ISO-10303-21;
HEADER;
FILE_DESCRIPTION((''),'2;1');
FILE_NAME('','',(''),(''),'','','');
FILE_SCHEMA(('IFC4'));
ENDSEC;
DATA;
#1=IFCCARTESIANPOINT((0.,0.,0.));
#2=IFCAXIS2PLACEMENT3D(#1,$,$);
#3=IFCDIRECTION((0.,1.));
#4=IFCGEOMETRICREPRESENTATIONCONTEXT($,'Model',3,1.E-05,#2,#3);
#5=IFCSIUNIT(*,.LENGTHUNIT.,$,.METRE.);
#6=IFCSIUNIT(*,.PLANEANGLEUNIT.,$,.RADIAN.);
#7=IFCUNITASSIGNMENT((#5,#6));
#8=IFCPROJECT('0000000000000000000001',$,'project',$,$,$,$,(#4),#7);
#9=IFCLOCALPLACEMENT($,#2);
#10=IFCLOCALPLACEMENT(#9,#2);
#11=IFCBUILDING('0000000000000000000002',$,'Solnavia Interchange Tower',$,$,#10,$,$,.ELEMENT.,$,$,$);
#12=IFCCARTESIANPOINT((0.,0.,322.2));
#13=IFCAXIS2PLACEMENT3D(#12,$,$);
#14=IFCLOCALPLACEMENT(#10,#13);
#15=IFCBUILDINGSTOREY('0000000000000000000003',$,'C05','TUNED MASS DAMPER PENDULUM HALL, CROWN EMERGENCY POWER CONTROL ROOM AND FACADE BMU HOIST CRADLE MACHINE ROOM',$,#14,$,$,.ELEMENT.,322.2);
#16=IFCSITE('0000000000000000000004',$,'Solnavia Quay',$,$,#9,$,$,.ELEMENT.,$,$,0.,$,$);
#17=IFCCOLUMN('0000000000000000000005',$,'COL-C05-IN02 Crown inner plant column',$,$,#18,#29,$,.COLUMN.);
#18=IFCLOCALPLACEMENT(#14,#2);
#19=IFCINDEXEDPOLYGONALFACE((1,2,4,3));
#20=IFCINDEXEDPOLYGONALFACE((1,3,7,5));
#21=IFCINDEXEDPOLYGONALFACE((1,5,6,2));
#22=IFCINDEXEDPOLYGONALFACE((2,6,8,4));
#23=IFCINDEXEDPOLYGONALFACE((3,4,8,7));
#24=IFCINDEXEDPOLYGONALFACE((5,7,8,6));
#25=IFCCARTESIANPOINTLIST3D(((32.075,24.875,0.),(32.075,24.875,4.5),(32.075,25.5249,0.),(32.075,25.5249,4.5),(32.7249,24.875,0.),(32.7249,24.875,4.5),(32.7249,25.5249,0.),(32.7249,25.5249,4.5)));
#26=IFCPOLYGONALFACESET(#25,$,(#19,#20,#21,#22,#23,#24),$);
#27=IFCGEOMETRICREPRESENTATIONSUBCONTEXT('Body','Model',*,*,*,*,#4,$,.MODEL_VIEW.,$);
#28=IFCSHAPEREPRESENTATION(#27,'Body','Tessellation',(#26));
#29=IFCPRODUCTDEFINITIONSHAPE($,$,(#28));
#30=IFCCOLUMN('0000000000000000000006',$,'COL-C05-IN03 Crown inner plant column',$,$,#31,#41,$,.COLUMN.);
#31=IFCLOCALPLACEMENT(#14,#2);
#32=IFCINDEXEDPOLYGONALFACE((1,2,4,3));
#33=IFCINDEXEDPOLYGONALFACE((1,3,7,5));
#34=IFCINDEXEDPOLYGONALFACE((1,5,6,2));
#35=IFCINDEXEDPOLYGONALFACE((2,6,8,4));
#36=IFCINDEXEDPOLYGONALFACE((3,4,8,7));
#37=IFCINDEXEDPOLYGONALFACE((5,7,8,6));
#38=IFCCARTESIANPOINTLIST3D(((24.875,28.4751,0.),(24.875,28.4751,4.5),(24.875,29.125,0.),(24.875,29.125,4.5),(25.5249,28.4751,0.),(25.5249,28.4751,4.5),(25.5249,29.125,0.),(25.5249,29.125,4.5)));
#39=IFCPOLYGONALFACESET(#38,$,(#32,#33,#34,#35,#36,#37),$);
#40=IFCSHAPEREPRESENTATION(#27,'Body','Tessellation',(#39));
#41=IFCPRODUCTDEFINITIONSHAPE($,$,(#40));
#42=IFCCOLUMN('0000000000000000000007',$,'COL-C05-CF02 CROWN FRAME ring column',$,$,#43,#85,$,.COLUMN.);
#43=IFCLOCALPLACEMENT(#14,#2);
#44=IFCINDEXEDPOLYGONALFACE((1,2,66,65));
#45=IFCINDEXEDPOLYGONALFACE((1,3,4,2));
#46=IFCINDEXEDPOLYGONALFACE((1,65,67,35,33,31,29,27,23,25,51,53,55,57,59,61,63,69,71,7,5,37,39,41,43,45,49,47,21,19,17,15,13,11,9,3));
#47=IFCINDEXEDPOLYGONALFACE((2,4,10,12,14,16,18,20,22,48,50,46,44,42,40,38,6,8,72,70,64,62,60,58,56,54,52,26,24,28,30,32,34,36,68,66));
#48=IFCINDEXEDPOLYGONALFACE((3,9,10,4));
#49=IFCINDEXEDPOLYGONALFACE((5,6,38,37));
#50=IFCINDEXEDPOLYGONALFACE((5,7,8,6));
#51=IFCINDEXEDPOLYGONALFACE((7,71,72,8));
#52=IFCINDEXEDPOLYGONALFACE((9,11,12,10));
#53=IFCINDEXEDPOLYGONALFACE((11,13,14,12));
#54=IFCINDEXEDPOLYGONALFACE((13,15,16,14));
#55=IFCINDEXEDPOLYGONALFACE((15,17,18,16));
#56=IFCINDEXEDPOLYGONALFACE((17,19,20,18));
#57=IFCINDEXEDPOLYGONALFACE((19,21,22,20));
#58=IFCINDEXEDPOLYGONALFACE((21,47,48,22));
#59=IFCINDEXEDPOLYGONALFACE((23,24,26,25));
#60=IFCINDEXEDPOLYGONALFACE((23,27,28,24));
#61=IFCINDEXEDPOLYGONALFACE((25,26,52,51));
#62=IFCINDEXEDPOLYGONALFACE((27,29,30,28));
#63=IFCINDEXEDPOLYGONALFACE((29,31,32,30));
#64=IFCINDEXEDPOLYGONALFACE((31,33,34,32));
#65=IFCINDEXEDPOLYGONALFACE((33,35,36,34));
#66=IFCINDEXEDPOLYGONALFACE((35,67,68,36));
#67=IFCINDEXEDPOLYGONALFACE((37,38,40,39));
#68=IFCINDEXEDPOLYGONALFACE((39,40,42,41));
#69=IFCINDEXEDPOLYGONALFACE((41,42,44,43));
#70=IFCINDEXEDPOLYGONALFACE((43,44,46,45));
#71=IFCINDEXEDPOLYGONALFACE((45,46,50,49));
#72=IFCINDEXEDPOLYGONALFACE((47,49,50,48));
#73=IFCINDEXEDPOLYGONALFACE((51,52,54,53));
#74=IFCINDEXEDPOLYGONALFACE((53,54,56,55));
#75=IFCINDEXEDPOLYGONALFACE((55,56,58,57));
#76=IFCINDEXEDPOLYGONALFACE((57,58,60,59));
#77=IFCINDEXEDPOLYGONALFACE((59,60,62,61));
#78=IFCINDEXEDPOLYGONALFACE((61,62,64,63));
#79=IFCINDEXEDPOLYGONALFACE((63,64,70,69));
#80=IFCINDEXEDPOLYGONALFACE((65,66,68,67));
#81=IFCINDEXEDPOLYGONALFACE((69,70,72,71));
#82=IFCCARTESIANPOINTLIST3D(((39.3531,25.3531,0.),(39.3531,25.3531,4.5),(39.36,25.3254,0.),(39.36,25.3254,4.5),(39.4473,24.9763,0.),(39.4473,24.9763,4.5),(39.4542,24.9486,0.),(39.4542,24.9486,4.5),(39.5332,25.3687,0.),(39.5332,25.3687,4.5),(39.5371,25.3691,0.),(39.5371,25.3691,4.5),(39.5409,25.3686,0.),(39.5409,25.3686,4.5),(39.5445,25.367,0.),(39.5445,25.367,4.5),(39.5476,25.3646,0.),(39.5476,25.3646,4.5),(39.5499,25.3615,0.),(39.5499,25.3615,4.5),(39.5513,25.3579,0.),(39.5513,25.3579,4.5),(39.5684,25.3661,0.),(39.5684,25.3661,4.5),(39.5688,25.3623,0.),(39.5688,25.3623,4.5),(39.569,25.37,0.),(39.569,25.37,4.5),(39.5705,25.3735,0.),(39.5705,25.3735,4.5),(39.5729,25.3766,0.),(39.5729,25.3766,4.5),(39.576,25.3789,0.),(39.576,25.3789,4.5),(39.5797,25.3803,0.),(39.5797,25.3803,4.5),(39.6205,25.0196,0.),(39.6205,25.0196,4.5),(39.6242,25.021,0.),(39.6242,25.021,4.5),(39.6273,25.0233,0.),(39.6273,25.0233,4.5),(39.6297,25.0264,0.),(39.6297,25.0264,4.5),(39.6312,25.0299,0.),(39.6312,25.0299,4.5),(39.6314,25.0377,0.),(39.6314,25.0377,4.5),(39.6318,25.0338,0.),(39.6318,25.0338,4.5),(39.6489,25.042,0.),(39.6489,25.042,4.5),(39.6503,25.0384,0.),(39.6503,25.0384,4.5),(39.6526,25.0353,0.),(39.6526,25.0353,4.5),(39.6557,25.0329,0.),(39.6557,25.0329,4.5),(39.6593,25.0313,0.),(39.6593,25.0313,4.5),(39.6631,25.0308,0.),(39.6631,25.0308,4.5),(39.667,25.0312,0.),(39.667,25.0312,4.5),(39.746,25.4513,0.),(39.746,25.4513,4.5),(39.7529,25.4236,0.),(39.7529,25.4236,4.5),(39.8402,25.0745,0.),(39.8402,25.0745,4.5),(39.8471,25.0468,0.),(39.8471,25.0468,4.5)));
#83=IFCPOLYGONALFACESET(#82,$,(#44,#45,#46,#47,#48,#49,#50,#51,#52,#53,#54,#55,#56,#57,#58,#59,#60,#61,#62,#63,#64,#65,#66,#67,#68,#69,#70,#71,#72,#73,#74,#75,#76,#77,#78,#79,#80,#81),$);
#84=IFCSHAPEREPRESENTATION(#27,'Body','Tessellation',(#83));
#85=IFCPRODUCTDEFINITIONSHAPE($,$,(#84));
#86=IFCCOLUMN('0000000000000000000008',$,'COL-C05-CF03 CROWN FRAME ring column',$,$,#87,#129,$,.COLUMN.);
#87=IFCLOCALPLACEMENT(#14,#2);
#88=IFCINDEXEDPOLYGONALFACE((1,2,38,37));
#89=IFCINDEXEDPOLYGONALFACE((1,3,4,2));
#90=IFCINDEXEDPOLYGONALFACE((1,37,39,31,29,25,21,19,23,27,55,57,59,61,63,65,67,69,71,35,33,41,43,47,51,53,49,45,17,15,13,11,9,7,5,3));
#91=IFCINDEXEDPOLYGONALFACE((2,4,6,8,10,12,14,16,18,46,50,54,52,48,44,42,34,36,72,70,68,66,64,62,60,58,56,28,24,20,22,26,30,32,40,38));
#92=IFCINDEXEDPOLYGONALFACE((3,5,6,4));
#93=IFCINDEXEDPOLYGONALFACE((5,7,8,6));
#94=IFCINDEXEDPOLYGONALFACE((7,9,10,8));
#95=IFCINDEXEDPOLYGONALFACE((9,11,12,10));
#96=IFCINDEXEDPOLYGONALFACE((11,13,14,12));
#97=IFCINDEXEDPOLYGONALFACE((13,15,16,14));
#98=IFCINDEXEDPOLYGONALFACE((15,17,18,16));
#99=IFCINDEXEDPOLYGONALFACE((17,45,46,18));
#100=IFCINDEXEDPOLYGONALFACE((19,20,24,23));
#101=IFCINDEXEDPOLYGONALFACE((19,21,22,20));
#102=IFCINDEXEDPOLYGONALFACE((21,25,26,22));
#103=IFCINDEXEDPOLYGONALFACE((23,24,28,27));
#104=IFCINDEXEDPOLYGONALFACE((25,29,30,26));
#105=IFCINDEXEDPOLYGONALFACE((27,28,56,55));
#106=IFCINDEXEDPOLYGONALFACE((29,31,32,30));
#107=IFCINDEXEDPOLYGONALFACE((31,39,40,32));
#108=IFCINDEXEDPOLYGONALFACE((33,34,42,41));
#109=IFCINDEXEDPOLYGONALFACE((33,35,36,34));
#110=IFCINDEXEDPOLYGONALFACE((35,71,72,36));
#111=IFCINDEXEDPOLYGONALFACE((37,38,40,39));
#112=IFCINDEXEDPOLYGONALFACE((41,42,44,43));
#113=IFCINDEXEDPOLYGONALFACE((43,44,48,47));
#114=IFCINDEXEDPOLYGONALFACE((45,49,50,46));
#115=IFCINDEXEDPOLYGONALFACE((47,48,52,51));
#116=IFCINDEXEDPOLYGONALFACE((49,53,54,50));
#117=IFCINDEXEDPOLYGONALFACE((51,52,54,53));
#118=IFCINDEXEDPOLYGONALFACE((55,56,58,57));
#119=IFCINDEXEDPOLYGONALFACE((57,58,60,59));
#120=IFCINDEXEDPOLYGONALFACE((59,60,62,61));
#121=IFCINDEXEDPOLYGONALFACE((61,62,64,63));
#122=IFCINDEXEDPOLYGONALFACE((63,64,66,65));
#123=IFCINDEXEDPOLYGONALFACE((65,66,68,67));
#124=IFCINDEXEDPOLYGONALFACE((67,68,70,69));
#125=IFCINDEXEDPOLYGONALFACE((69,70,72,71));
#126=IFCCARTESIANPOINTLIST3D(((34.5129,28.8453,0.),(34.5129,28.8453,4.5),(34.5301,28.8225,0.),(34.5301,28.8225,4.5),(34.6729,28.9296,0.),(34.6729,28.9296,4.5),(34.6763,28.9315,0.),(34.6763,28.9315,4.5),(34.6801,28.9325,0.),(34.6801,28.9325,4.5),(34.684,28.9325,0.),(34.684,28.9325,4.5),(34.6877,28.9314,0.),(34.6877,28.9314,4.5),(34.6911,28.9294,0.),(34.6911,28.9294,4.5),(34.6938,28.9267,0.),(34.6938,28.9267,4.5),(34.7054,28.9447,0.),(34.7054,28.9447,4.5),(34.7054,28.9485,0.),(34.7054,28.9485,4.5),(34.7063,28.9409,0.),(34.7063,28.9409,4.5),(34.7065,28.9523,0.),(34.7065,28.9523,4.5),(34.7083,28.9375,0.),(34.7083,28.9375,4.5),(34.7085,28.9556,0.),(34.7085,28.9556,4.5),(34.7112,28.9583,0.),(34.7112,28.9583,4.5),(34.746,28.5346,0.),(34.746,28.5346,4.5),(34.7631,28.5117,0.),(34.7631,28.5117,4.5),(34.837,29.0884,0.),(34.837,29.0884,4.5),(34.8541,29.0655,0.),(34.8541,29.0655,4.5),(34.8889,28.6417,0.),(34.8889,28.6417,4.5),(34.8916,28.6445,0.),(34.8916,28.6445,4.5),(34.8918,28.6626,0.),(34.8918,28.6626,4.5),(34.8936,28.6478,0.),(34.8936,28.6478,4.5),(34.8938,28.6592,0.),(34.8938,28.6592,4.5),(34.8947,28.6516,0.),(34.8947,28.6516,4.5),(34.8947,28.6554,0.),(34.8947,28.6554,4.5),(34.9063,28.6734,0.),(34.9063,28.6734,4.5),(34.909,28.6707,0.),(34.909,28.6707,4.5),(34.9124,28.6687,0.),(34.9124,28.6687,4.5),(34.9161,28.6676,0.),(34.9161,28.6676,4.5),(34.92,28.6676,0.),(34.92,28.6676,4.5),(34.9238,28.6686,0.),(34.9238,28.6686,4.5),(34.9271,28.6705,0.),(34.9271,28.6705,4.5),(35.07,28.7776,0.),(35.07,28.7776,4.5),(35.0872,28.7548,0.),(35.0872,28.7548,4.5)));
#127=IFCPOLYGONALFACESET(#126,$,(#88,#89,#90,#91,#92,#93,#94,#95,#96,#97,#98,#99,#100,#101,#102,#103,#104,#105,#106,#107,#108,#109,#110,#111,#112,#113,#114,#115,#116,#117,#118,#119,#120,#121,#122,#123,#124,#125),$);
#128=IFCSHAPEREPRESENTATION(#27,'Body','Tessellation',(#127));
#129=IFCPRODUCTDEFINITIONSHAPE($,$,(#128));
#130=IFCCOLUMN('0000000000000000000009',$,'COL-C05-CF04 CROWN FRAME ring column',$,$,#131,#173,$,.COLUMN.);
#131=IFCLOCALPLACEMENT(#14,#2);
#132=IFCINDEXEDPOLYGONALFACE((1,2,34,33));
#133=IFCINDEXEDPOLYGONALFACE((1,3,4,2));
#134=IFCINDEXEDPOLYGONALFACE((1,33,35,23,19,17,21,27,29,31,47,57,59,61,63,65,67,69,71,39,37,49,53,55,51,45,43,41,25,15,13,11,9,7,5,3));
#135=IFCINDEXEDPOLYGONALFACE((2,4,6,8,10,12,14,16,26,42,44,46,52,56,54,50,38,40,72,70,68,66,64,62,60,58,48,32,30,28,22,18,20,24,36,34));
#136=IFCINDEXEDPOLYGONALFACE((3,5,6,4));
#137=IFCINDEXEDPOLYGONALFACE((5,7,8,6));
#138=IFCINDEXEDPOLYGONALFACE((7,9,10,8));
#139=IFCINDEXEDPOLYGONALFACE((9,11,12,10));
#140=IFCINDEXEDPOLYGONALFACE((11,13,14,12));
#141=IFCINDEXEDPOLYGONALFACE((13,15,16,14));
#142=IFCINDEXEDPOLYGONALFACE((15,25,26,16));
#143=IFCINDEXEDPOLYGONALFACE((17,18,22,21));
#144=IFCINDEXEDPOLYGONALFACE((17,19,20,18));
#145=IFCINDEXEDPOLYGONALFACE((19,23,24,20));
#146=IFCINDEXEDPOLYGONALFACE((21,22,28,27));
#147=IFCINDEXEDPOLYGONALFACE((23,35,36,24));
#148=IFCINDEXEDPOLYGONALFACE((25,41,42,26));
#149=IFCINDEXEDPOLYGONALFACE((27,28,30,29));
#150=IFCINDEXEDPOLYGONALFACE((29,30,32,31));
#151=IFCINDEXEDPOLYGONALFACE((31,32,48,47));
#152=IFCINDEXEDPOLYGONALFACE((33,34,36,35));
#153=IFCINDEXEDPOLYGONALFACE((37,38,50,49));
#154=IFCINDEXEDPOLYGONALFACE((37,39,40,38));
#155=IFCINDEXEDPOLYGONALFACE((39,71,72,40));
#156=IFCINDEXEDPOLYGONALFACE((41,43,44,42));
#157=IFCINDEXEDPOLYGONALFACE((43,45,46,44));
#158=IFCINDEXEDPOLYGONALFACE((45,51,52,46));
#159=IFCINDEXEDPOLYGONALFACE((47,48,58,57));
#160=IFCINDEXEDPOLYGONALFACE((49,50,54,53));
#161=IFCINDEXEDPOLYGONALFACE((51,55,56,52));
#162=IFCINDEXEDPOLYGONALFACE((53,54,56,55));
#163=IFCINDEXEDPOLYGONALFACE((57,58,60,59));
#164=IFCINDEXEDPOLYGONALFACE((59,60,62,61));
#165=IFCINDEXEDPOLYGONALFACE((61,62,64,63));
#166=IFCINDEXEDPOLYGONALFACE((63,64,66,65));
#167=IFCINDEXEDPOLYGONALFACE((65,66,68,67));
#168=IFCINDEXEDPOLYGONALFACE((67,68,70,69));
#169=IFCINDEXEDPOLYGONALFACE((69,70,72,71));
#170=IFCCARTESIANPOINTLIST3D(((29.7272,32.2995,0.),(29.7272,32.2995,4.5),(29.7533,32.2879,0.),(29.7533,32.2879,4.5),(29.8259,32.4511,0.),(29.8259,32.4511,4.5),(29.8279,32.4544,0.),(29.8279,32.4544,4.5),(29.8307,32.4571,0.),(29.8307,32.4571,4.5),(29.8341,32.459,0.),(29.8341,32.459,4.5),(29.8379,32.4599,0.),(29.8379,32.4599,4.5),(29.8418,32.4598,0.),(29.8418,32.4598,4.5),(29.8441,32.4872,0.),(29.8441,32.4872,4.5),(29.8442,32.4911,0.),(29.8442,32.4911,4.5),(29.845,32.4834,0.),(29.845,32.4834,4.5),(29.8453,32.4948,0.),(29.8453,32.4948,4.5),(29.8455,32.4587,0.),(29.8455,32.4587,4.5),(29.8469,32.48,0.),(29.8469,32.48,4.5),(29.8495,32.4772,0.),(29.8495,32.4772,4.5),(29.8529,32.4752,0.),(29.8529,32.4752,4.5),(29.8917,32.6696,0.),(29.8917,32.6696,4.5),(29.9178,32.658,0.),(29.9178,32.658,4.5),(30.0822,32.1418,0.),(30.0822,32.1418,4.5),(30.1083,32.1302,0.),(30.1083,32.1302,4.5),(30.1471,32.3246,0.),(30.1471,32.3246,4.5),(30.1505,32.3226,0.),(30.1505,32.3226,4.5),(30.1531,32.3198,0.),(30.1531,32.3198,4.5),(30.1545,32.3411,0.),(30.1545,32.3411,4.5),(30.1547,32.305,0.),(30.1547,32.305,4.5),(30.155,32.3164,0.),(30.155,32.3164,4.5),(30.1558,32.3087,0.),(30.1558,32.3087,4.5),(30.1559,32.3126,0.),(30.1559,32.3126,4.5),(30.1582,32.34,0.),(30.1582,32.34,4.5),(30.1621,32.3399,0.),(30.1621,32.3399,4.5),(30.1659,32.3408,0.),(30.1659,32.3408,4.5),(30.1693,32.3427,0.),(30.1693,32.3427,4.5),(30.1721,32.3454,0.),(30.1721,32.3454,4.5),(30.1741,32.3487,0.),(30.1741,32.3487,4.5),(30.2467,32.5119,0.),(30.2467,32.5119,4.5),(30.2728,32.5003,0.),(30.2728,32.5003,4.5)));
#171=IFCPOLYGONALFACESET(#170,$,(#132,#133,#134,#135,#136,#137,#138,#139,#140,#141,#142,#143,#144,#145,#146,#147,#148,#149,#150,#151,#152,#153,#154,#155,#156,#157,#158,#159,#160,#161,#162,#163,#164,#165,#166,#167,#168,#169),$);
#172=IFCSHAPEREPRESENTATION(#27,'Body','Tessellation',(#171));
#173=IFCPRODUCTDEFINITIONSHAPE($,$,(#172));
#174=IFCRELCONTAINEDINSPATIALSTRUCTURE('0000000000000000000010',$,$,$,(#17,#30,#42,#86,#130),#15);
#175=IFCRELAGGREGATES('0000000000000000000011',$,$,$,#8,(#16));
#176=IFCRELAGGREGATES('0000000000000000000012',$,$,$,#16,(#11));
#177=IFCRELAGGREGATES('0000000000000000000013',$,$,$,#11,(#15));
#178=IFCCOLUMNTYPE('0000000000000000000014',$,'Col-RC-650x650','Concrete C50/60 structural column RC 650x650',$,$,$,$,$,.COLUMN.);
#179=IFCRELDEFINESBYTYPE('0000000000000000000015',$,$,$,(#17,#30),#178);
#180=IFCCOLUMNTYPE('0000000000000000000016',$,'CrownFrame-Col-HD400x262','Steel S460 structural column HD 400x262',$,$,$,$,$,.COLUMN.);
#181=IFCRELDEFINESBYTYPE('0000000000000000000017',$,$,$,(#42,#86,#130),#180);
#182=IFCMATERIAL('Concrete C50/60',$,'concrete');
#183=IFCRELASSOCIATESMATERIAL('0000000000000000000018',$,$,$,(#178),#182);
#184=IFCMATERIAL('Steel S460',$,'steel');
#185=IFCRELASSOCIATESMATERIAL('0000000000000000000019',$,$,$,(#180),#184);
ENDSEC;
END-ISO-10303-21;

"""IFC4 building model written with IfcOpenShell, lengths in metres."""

from ifc_helpers import new_model, si_unit, direction, frame, origin, origin_2d, place, context, subcontext, project, spatial, rectangle, i_section, extrude, material, material_profile, profile_set, type_object, element, save


model = new_model("IFC4")

# Units and contexts
model_context = context("Model", 3, precision=1e-05, world=origin(), true_north=direction((0.0, 1.0)))
body_context = subcontext(model_context, "Body", "Model", "MODEL_VIEW")
ifc_project = project(units=[si_unit("LENGTHUNIT", "METRE"), si_unit("PLANEANGLEUNIT", "RADIAN")], contexts=[model_context])

# Site, building, storey
site_placement = place(None, origin())
site = spatial("IfcSite", under=ifc_project, at=site_placement, Name="Solnavia Quay", CompositionType="ELEMENT", RefElevation=0.0)
building_placement = place(site_placement, origin())
building = spatial("IfcBuilding", under=site, at=building_placement, Name="Solnavia Interchange Tower", CompositionType="ELEMENT")
storey_placement = place(building_placement, frame((0.0, 0.0, 322.2)))
storey = spatial("IfcBuildingStorey", under=building, at=storey_placement, Name="C05", Description="TUNED MASS DAMPER PENDULUM HALL, CROWN EMERGENCY POWER CONTROL ROOM AND FACADE BMU HOIST CRADLE MACHINE ROOM", CompositionType="ELEMENT", Elevation=322.2)

# Columns
ifc_material_1 = material(Name="Concrete C50/60", Category="concrete")
ifc_material_profile_1 = material_profile(ifc_material_1, rectangle(XDim=0.6499, YDim=0.6499, at=origin_2d()), Name="RC 650x650")
ifc_profile_set_1 = profile_set([ifc_material_profile_1], Name="Concrete C50/60")
column_type_1 = type_object("IfcColumnType", Name="Col-RC-650x650", Description="Concrete C50/60 structural column RC 650x650", PredefinedType="COLUMN", material=ifc_profile_set_1)
for number, where, z_axis, x_axis, name in (
    (1, (32.3999, 25.2, 0.0), (0.0, 0.0, 1.0), (1.0, 0.0, 0.0), "COL-C05-IN02 Crown inner plant column"),
    (2, (25.2, 28.8, 0.0), (0.0, 0.0, 1.0), (1.0, 0.0, 0.0), "COL-C05-IN03 Crown inner plant column"),
):
    element("IfcColumn", number, at=place(storey_placement, frame(where, z_axis=z_axis, x_axis=x_axis)), inside=storey, type_object=column_type_1, Name=name, PredefinedType="COLUMN", context=body_context, shape_type="SweptSolid", body=[
        extrude(rectangle(XDim=0.6499, YDim=0.6499, at=origin_2d()), origin(), (0.0, 0.0, 1.0), 4.5),
    ])
ifc_material_2 = material(Name="Steel S460", Category="steel")
ifc_material_profile_2 = material_profile(ifc_material_2, i_section(OverallWidth=0.405, OverallDepth=0.417, WebThickness=0.0181, FlangeThickness=0.0286, FilletRadius=0.0149, at=origin_2d()), Name="HD 400x262")
ifc_profile_set_2 = profile_set([ifc_material_profile_2], Name="Steel S460")
column_type_2 = type_object("IfcColumnType", Name="CrownFrame-Col-HD400x262", Description="Steel S460 structural column HD 400x262", PredefinedType="COLUMN", material=ifc_profile_set_2)
for number, where, z_axis, x_axis, name in (
    (3, (39.6001, 25.2, 0.0), (0.0, 0.0, 1.0), (0.970127, 0.242599, 0.0), "COL-C05-CF02 CROWN FRAME ring column"),
    (4, (34.8, 28.8, 0.0), (0.0, 0.0, 1.0), (0.799999, 0.600001, 0.0), "COL-C05-CF03 CROWN FRAME ring column"),
    (5, (30.0, 32.3999, 0.0), (0.0, 0.0, 1.0), (0.406099, 0.913829, 0.0), "COL-C05-CF04 CROWN FRAME ring column"),
):
    element("IfcColumn", number, at=place(storey_placement, frame(where, z_axis=z_axis, x_axis=x_axis)), inside=storey, type_object=column_type_2, Name=name, PredefinedType="COLUMN", context=body_context, shape_type="SweptSolid", body=[
        extrude(i_section(OverallWidth=0.405, OverallDepth=0.417, WebThickness=0.0181, FlangeThickness=0.0286, FilletRadius=0.0149, at=origin_2d()), origin(), (0.0, 0.0, 1.0), 4.5),
    ])

save(model, "model.ifc")
